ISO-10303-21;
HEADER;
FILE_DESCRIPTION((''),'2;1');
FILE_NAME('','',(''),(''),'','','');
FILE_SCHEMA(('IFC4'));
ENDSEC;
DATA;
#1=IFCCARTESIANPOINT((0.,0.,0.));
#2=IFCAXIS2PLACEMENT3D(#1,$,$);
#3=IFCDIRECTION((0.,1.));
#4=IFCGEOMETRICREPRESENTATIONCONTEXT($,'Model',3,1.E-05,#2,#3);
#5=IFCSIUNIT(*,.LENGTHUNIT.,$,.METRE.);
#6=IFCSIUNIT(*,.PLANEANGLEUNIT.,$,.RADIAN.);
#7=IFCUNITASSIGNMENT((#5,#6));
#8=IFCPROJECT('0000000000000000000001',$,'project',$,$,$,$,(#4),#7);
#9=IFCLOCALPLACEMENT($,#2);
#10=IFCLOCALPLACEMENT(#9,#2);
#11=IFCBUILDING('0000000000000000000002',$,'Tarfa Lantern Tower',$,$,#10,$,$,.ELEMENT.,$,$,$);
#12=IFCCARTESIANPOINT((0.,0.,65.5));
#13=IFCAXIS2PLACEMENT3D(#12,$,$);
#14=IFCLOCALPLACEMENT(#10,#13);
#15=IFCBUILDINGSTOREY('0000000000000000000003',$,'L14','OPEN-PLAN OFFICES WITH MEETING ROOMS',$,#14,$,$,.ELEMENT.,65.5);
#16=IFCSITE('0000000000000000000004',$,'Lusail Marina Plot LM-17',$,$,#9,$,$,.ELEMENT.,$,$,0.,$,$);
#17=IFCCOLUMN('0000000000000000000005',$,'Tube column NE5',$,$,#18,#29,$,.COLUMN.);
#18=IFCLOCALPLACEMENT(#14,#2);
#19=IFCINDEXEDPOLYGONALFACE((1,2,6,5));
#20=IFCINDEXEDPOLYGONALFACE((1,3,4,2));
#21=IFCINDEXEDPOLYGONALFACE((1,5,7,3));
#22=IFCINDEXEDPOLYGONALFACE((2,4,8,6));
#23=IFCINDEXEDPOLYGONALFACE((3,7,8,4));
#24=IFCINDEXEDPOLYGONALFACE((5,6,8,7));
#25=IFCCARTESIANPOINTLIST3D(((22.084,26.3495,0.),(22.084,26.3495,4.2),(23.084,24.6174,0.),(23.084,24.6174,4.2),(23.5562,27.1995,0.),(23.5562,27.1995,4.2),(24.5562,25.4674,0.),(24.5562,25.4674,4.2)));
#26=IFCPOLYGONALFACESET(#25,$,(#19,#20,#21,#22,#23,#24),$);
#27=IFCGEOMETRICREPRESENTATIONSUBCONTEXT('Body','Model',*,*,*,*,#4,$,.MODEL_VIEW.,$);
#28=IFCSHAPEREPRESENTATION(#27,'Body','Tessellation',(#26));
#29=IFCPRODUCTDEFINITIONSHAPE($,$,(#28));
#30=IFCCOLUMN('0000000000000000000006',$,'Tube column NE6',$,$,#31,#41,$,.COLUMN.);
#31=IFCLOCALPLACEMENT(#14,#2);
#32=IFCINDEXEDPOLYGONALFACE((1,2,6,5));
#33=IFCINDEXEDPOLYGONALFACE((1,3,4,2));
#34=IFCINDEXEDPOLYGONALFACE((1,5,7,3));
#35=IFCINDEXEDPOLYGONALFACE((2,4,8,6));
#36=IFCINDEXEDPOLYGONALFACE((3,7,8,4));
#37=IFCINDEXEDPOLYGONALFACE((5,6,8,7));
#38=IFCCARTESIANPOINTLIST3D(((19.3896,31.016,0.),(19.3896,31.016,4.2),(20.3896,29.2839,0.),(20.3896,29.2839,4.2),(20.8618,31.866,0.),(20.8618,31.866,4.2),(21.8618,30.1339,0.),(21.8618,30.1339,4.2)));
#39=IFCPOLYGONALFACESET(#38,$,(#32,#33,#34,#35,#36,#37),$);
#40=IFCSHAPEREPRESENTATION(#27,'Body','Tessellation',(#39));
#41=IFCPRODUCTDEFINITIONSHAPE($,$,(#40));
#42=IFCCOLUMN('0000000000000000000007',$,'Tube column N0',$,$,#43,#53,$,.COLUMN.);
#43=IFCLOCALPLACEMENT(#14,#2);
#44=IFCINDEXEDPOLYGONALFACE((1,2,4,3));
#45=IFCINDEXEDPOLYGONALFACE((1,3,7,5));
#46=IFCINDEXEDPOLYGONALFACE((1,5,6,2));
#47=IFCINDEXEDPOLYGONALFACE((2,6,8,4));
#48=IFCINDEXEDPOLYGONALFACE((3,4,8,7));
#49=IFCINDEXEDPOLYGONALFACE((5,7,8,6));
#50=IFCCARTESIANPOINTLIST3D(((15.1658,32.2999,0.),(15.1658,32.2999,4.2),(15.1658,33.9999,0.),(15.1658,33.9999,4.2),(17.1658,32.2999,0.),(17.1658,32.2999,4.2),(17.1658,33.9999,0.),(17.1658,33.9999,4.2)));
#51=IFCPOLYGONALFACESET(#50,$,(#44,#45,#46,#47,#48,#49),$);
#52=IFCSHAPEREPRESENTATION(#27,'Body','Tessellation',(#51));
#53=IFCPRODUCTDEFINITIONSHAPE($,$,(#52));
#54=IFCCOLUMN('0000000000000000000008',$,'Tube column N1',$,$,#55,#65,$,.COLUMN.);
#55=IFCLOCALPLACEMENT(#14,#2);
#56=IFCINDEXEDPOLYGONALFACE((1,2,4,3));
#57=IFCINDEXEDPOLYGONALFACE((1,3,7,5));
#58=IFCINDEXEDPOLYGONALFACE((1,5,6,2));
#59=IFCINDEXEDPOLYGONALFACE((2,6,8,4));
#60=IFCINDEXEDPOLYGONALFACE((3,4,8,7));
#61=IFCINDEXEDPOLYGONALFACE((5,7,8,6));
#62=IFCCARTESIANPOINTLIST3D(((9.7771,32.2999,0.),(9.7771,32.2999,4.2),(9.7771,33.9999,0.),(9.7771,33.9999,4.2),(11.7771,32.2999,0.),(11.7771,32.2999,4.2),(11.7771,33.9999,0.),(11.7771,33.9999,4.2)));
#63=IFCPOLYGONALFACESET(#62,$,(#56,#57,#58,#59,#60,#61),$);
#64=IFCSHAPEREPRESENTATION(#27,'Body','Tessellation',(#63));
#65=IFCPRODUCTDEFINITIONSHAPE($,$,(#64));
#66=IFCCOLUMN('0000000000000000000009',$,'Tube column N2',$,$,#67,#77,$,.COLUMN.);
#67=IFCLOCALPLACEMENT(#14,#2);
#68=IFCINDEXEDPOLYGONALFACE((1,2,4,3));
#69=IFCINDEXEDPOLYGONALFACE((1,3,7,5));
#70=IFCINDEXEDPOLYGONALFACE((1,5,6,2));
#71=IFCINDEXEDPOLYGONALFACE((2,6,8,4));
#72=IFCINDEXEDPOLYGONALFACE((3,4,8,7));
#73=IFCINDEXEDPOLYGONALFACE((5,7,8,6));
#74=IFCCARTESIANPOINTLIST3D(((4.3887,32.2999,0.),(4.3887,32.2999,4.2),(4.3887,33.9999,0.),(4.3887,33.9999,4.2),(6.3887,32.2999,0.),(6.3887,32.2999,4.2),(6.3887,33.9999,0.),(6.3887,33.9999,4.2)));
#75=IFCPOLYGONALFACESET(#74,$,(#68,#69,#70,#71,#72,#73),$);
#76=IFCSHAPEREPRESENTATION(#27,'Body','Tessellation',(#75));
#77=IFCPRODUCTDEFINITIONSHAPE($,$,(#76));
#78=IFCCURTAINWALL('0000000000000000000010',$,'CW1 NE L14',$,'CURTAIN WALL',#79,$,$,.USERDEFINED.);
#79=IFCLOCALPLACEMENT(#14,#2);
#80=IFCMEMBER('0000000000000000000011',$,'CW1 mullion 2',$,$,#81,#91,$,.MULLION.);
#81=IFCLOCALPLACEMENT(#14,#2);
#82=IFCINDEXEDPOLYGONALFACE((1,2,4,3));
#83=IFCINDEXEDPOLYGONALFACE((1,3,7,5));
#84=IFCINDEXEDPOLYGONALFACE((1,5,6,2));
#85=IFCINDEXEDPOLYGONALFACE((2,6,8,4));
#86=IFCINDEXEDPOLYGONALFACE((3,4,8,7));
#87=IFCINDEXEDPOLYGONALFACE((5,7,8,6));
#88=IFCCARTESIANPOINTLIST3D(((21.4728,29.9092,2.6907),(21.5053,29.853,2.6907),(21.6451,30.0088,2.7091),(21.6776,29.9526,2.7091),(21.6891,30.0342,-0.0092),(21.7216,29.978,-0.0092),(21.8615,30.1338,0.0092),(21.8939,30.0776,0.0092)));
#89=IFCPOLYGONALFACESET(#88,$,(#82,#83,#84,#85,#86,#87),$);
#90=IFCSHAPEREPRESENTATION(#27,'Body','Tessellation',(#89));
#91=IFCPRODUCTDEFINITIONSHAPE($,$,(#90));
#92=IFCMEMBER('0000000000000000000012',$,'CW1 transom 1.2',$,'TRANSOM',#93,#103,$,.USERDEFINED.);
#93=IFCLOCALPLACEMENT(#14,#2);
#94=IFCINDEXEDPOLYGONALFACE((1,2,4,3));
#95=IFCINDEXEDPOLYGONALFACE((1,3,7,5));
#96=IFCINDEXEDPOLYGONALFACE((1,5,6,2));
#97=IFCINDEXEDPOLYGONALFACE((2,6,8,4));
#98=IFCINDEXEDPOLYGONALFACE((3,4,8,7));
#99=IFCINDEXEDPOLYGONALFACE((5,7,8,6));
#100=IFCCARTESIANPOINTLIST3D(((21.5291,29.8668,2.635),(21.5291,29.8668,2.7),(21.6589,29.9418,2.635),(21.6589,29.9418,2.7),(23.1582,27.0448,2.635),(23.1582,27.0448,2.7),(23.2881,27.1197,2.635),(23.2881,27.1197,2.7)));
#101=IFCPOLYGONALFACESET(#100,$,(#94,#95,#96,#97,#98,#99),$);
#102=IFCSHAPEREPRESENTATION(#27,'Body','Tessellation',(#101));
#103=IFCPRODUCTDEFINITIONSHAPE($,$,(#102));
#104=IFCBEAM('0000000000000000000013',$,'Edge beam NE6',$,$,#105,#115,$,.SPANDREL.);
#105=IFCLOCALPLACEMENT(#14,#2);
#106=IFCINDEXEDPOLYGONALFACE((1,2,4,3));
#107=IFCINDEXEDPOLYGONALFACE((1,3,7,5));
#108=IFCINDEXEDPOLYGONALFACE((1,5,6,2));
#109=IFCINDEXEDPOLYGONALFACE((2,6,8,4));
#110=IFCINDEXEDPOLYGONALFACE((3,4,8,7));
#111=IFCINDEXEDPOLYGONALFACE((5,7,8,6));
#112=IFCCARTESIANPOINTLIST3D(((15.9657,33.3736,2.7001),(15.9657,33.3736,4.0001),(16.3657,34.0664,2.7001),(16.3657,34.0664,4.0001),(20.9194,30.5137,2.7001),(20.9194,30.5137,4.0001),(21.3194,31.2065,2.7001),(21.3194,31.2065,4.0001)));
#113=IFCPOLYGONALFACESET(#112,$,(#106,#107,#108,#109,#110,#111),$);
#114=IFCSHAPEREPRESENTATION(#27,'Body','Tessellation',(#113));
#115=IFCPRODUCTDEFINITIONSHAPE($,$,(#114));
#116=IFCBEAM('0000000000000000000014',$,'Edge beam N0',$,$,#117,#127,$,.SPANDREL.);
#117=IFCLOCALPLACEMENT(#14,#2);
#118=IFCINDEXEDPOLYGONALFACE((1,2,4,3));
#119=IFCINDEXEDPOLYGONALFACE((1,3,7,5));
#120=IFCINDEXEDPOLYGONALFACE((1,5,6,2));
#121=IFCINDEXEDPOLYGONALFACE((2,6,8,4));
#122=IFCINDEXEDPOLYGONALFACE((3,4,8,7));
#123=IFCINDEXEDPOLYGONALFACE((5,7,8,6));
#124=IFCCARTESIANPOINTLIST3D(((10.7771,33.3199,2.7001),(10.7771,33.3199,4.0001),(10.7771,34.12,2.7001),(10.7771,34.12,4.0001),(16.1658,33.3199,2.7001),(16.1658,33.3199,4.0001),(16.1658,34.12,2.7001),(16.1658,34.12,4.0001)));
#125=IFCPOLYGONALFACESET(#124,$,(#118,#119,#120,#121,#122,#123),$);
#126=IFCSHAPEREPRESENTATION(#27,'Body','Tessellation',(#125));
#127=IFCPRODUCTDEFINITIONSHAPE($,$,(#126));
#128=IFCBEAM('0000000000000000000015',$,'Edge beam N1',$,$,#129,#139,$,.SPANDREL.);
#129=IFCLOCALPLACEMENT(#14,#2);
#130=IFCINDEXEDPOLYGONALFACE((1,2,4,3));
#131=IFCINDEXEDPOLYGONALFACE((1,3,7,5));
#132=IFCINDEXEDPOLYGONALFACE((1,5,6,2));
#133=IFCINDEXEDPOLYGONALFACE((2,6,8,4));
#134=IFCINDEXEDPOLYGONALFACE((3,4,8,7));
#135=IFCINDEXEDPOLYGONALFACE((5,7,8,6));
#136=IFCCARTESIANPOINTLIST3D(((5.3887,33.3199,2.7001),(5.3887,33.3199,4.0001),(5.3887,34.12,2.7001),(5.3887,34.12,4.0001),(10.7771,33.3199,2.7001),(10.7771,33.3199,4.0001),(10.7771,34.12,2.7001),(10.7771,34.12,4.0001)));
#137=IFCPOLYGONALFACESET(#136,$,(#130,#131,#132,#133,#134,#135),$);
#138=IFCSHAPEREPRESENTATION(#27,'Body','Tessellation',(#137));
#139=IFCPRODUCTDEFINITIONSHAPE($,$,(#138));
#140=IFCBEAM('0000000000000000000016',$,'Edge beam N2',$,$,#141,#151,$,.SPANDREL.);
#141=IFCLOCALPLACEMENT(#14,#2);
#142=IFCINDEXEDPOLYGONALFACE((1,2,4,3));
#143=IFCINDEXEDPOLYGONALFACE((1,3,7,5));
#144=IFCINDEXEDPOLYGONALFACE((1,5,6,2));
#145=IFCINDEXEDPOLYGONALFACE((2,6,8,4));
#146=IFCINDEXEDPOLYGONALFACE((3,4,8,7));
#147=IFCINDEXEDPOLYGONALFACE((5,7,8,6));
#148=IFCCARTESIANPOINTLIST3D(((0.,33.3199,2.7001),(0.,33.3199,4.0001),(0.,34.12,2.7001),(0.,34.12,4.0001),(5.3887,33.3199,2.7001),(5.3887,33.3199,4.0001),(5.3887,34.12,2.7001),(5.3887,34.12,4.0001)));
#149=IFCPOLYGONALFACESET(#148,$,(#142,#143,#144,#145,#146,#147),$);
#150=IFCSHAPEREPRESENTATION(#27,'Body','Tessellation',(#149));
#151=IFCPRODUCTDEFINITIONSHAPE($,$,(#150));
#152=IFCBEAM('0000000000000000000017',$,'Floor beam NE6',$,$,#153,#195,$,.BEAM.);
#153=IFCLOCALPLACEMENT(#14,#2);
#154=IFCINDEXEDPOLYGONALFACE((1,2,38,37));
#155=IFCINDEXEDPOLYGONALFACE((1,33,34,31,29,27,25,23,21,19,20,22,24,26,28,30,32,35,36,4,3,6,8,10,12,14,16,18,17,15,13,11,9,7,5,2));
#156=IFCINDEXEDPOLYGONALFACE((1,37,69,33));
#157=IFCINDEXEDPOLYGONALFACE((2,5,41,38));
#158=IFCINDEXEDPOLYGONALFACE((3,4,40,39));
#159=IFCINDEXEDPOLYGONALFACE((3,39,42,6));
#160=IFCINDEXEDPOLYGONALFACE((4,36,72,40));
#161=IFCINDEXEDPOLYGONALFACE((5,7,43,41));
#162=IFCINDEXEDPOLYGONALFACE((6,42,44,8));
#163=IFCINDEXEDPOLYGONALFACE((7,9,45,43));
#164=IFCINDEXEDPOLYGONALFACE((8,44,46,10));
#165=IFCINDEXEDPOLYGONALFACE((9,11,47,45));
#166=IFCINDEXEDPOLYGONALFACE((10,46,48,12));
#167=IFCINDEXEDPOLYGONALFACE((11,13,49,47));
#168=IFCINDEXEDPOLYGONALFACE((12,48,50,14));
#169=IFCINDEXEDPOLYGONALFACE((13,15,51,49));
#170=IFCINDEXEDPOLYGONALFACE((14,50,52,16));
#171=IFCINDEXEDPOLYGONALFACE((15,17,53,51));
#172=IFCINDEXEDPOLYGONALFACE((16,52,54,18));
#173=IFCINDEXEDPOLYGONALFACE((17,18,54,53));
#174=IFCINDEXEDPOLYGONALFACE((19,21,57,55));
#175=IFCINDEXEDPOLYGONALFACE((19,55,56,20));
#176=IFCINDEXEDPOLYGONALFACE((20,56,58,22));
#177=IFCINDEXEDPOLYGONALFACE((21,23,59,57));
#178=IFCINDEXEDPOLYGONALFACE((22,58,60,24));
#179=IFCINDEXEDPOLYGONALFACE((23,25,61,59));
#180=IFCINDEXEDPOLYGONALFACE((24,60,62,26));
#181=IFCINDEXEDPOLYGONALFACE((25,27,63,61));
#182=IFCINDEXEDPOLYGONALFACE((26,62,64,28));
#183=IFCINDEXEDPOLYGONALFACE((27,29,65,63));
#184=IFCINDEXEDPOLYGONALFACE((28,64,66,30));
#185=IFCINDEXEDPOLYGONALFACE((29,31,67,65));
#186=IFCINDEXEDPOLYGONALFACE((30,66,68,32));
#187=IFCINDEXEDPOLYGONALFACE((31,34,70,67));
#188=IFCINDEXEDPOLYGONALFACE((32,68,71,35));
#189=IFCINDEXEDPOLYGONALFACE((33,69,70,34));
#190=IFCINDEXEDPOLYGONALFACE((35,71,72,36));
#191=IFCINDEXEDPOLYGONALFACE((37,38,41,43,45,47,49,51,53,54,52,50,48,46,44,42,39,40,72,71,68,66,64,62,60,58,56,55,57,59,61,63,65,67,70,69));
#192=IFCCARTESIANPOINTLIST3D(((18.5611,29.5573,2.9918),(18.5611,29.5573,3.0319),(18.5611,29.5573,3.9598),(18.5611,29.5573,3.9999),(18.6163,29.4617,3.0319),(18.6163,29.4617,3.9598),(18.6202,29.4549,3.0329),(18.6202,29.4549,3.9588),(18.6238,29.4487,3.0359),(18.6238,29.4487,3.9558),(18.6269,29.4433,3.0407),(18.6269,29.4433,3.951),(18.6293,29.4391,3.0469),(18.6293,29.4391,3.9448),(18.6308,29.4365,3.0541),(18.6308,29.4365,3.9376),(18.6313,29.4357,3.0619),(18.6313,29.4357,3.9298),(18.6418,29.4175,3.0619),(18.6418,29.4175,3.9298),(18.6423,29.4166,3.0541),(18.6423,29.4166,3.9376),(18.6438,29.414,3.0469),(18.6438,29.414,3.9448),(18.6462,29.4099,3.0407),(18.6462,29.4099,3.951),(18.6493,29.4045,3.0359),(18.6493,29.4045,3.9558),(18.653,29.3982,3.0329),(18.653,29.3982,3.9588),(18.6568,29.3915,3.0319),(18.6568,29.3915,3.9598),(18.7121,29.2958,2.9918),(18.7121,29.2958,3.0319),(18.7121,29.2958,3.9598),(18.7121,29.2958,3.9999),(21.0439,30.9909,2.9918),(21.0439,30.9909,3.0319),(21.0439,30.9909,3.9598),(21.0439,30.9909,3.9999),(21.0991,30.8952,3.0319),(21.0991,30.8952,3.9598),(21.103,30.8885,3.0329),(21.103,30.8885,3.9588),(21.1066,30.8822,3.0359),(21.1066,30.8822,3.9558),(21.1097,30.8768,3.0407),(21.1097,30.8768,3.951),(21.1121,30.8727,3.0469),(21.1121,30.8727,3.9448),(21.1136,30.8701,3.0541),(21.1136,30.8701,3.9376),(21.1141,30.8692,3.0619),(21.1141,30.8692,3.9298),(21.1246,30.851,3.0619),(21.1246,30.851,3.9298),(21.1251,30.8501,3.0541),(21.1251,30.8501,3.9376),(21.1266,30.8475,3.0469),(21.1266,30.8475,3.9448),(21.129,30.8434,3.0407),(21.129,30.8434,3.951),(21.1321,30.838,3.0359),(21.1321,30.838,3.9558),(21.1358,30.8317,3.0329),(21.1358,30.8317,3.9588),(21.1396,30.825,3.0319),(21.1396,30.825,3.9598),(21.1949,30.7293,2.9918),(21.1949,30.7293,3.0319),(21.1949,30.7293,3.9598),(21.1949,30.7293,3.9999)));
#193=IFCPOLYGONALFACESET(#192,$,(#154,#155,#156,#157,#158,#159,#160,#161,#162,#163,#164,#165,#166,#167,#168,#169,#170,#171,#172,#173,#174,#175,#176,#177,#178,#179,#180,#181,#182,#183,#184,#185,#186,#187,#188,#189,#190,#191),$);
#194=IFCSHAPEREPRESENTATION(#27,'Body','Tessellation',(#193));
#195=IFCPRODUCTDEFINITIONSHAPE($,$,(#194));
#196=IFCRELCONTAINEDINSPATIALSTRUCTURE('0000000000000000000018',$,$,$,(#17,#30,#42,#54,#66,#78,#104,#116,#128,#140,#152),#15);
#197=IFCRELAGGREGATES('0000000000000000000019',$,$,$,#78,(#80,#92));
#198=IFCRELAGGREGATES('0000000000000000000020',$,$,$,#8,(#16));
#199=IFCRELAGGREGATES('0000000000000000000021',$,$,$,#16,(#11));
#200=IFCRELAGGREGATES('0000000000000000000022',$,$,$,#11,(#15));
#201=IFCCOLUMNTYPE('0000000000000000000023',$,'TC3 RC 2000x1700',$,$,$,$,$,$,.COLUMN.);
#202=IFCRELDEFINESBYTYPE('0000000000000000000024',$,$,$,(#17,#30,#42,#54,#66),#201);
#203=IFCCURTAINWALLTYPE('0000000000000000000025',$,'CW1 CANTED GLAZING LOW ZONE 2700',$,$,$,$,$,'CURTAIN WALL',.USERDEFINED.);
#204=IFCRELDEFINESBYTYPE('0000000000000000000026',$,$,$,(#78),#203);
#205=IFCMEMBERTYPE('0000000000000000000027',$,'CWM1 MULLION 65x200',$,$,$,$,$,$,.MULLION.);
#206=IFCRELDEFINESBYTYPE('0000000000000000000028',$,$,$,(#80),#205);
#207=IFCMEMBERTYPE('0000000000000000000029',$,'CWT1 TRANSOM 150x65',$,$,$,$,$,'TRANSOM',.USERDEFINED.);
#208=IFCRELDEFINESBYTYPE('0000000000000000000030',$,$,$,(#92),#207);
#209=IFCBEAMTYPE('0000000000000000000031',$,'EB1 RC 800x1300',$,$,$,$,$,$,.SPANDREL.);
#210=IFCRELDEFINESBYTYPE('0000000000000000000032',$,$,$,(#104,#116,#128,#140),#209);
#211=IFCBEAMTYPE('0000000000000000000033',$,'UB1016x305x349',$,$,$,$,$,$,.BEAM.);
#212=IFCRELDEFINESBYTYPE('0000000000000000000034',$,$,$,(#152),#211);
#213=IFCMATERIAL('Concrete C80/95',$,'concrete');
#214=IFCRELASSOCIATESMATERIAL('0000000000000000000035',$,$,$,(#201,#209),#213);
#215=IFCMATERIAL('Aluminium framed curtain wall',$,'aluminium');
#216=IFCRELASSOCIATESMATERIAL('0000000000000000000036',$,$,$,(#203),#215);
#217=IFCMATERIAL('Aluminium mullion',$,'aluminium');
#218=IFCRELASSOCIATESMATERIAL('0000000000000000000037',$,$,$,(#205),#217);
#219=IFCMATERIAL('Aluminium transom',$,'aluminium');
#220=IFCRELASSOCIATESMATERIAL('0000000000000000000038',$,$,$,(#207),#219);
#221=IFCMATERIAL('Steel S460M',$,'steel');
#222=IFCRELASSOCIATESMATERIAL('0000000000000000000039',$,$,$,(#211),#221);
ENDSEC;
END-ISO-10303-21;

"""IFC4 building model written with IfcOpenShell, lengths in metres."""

from ifc_helpers import new_model, si_unit, direction, frame, origin, origin_2d, place, context, subcontext, project, spatial, rectangle, i_section, extrude, material, material_profile, profile_set, type_object, element, aggregate, save


model = new_model("IFC4")

# Units and contexts
model_context = context("Model", 3, precision=1e-05, world=origin(), true_north=direction((0.0, 1.0)))
body_context = subcontext(model_context, "Body", "Model", "MODEL_VIEW")
ifc_project = project(units=[si_unit("LENGTHUNIT", "METRE"), si_unit("PLANEANGLEUNIT", "RADIAN")], contexts=[model_context])

# Site, building, storey
site_placement = place(None, origin())
site = spatial("IfcSite", under=ifc_project, at=site_placement, Name="Lusail Marina Plot LM-17", CompositionType="ELEMENT", RefElevation=0.0)
building_placement = place(site_placement, origin())
building = spatial("IfcBuilding", under=site, at=building_placement, Name="Tarfa Lantern Tower", CompositionType="ELEMENT")
storey_placement = place(building_placement, frame((0.0, 0.0, 65.5)))
storey = spatial("IfcBuildingStorey", under=building, at=storey_placement, Name="L14", Description="OPEN-PLAN OFFICES WITH MEETING ROOMS", CompositionType="ELEMENT", Elevation=65.5)

# Columns
ifc_material_1 = material(Name="Concrete C80/95", Category="concrete")
ifc_material_profile_1 = material_profile(ifc_material_1, rectangle(XDim=2.0, YDim=1.7, at=origin_2d()), Name="RC 2000x1700")
ifc_profile_set_1 = profile_set([ifc_material_profile_1], Name="Concrete C80/95")
column_type = type_object("IfcColumnType", Name="TC3 RC 2000x1700", PredefinedType="COLUMN", material=ifc_profile_set_1)
for number, where, z_axis, x_axis, name in (
    (1, (23.3201, 25.9084, 0.0), (0.0, 0.0, 1.0), (-0.5, 0.866025, 0.0), "Tube column NE5"),
    (2, (20.6257, 30.575, 0.0), (0.0, 0.0, 1.0), (-0.5, 0.866025, 0.0), "Tube column NE6"),
    (3, (16.1658, 33.1499, 0.0), (0.0, 0.0, 1.0), (-1.0, 0.0, 0.0), "Tube column N0"),
    (4, (10.7771, 33.1499, 0.0), (0.0, 0.0, 1.0), (-1.0, 0.0, 0.0), "Tube column N1"),
    (5, (5.3887, 33.1499, 0.0), (0.0, 0.0, 1.0), (-1.0, 0.0, 0.0), "Tube column N2"),
):
    element("IfcColumn", number, at=place(storey_placement, frame(where, z_axis=z_axis, x_axis=x_axis)), inside=storey, type_object=column_type, Name=name, PredefinedType="COLUMN", context=body_context, shape_type="SweptSolid", body=[
        extrude(rectangle(XDim=2.0, YDim=1.7, at=origin_2d()), origin(), (0.0, 0.0, 1.0), 4.2),
    ])

# Curtain wall, members
ifc_material_2 = material(Name="Aluminium framed curtain wall", Category="aluminium")
curtain_wall_type = type_object("IfcCurtainWallType", Name="CW1 CANTED GLAZING LOW ZONE 2700", ElementType="CURTAIN WALL", PredefinedType="USERDEFINED", material=ifc_material_2)
curtain_wall_placement = place(storey_placement, origin())
curtain_wall = element("IfcCurtainWall", 6, at=curtain_wall_placement, inside=storey, type_object=curtain_wall_type, Name="CW1 NE L14", ObjectType="CURTAIN WALL", PredefinedType="USERDEFINED")
ifc_material_3 = material(Name="Aluminium mullion", Category="aluminium")
ifc_material_profile_2 = material_profile(ifc_material_3, rectangle(XDim=0.0649, YDim=0.2, at=origin_2d()), Name="AL MULLION 65x200")
ifc_profile_set_2 = profile_set([ifc_material_profile_2], Name="Aluminium mullion")
member_type_1 = type_object("IfcMemberType", Name="CWM1 MULLION 65x200", PredefinedType="MULLION", material=ifc_profile_set_2)
member_1_placement = place(storey_placement, frame((21.7915, 30.0559, 0.0), z_axis=(-0.079775, -0.0461, 0.995746), x_axis=(0.500343, -0.865827, 0.0)))
member_1 = element("IfcMember", 7, at=member_1_placement, type_object=member_type_1, Name="CW1 mullion 2", PredefinedType="MULLION", context=body_context, shape_type="SweptSolid", body=[
    extrude(rectangle(XDim=0.0649, YDim=0.2, at=origin_2d()), origin(), (0.0, 0.0, 1.0), 2.7114),
])
ifc_material_4 = material(Name="Aluminium transom", Category="aluminium")
ifc_material_profile_3 = material_profile(ifc_material_4, rectangle(XDim=0.1499, YDim=0.0649, at=origin_2d()), Name="AL TRANSOM 150x65")
ifc_profile_set_3 = profile_set([ifc_material_profile_3], Name="Aluminium transom")
member_type_2 = type_object("IfcMemberType", Name="CWT1 TRANSOM 150x65", ElementType="TRANSOM", PredefinedType="USERDEFINED", material=ifc_profile_set_3)
member_2_placement = place(storey_placement, frame((23.2231, 27.0823, 2.6675), z_axis=(-0.499967, 0.866045, 0.0), x_axis=(-0.866045, -0.499967, 0.0)))
member_2 = element("IfcMember", 8, at=member_2_placement, type_object=member_type_2, Name="CW1 transom 1.2", ObjectType="TRANSOM", PredefinedType="USERDEFINED", context=body_context, shape_type="SweptSolid", body=[
    extrude(rectangle(XDim=0.1499, YDim=0.0649, at=origin_2d()), origin(), (0.0, 0.0, 1.0), 3.2585),
])

# Beams
ifc_material_profile_4 = material_profile(ifc_material_1, rectangle(XDim=0.8, YDim=1.3, at=origin_2d()), Name="RC 800x1300")
ifc_profile_set_4 = profile_set([ifc_material_profile_4], Name="Concrete C80/95")
beam_type_1 = type_object("IfcBeamType", Name="EB1 RC 800x1300", PredefinedType="SPANDREL", material=ifc_profile_set_4)
beam_1_placement = place(storey_placement, frame((21.1194, 30.8601, 3.3501), z_axis=(-0.866033, 0.499986, 0.0), x_axis=(-0.499986, -0.866033, 0.0)))
element("IfcBeam", 9, at=beam_1_placement, inside=storey, type_object=beam_type_1, Name="Edge beam NE6", PredefinedType="SPANDREL", context=body_context, shape_type="SweptSolid", body=[
    extrude(rectangle(XDim=0.8, YDim=1.3, at=origin_2d()), origin(), (0.0, 0.0, 1.0), 5.72),
])
beam_2_placement = place(storey_placement, frame((16.1658, 33.72, 3.3501), z_axis=(-1.0, 0.0, 0.0), x_axis=(0.0, -1.0, 0.0)))
element("IfcBeam", 10, at=beam_2_placement, inside=storey, type_object=beam_type_1, Name="Edge beam N0", PredefinedType="SPANDREL", context=body_context, shape_type="SweptSolid", body=[
    extrude(rectangle(XDim=0.8, YDim=1.3, at=origin_2d()), origin(), (0.0, 0.0, 1.0), 5.3887),
])
beam_3_placement = place(storey_placement, frame((10.7771, 33.72, 3.3501), z_axis=(-1.0, 0.0, 0.0), x_axis=(0.0, -1.0, 0.0)))
element("IfcBeam", 11, at=beam_3_placement, inside=storey, type_object=beam_type_1, Name="Edge beam N1", PredefinedType="SPANDREL", context=body_context, shape_type="SweptSolid", body=[
    extrude(rectangle(XDim=0.8, YDim=1.3, at=origin_2d()), origin(), (0.0, 0.0, 1.0), 5.3884),
])
beam_4_placement = place(storey_placement, frame((5.3887, 33.72, 3.3501), z_axis=(-1.0, 0.0, 0.0), x_axis=(0.0, -1.0, 0.0)))
element("IfcBeam", 12, at=beam_4_placement, inside=storey, type_object=beam_type_1, Name="Edge beam N2", PredefinedType="SPANDREL", context=body_context, shape_type="SweptSolid", body=[
    extrude(rectangle(XDim=0.8, YDim=1.3, at=origin_2d()), origin(), (0.0, 0.0, 1.0), 5.3887),
])
ifc_material_5 = material(Name="Steel S460M", Category="steel")
ifc_material_profile_5 = material_profile(ifc_material_5, i_section(OverallWidth=0.302, OverallDepth=1.0081, WebThickness=0.021, FlangeThickness=0.04, FilletRadius=0.03, at=origin_2d()), Name="UB1016x305x349")
ifc_profile_set_5 = profile_set([ifc_material_profile_5], Name="Steel S460M")
beam_type_2 = type_object("IfcBeamType", Name="UB1016x305x349", PredefinedType="BEAM", material=ifc_profile_set_5)
beam_5_placement = place(storey_placement, frame((21.1194, 30.8601, 3.4958), z_axis=(-0.866013, -0.500022, 0.0), x_axis=(0.500022, -0.866013, 0.0)))
element("IfcBeam", 13, at=beam_5_placement, inside=storey, type_object=beam_type_2, Name="Floor beam NE6", PredefinedType="BEAM", context=body_context, shape_type="SweptSolid", body=[
    extrude(i_section(OverallWidth=0.302, OverallDepth=1.0081, WebThickness=0.021, FlangeThickness=0.04, FilletRadius=0.03, at=origin_2d()), origin(), (0.0, 0.0, 1.0), 2.8669),
])

aggregate(curtain_wall, [member_1, member_2])

save(model, "model.ifc")
